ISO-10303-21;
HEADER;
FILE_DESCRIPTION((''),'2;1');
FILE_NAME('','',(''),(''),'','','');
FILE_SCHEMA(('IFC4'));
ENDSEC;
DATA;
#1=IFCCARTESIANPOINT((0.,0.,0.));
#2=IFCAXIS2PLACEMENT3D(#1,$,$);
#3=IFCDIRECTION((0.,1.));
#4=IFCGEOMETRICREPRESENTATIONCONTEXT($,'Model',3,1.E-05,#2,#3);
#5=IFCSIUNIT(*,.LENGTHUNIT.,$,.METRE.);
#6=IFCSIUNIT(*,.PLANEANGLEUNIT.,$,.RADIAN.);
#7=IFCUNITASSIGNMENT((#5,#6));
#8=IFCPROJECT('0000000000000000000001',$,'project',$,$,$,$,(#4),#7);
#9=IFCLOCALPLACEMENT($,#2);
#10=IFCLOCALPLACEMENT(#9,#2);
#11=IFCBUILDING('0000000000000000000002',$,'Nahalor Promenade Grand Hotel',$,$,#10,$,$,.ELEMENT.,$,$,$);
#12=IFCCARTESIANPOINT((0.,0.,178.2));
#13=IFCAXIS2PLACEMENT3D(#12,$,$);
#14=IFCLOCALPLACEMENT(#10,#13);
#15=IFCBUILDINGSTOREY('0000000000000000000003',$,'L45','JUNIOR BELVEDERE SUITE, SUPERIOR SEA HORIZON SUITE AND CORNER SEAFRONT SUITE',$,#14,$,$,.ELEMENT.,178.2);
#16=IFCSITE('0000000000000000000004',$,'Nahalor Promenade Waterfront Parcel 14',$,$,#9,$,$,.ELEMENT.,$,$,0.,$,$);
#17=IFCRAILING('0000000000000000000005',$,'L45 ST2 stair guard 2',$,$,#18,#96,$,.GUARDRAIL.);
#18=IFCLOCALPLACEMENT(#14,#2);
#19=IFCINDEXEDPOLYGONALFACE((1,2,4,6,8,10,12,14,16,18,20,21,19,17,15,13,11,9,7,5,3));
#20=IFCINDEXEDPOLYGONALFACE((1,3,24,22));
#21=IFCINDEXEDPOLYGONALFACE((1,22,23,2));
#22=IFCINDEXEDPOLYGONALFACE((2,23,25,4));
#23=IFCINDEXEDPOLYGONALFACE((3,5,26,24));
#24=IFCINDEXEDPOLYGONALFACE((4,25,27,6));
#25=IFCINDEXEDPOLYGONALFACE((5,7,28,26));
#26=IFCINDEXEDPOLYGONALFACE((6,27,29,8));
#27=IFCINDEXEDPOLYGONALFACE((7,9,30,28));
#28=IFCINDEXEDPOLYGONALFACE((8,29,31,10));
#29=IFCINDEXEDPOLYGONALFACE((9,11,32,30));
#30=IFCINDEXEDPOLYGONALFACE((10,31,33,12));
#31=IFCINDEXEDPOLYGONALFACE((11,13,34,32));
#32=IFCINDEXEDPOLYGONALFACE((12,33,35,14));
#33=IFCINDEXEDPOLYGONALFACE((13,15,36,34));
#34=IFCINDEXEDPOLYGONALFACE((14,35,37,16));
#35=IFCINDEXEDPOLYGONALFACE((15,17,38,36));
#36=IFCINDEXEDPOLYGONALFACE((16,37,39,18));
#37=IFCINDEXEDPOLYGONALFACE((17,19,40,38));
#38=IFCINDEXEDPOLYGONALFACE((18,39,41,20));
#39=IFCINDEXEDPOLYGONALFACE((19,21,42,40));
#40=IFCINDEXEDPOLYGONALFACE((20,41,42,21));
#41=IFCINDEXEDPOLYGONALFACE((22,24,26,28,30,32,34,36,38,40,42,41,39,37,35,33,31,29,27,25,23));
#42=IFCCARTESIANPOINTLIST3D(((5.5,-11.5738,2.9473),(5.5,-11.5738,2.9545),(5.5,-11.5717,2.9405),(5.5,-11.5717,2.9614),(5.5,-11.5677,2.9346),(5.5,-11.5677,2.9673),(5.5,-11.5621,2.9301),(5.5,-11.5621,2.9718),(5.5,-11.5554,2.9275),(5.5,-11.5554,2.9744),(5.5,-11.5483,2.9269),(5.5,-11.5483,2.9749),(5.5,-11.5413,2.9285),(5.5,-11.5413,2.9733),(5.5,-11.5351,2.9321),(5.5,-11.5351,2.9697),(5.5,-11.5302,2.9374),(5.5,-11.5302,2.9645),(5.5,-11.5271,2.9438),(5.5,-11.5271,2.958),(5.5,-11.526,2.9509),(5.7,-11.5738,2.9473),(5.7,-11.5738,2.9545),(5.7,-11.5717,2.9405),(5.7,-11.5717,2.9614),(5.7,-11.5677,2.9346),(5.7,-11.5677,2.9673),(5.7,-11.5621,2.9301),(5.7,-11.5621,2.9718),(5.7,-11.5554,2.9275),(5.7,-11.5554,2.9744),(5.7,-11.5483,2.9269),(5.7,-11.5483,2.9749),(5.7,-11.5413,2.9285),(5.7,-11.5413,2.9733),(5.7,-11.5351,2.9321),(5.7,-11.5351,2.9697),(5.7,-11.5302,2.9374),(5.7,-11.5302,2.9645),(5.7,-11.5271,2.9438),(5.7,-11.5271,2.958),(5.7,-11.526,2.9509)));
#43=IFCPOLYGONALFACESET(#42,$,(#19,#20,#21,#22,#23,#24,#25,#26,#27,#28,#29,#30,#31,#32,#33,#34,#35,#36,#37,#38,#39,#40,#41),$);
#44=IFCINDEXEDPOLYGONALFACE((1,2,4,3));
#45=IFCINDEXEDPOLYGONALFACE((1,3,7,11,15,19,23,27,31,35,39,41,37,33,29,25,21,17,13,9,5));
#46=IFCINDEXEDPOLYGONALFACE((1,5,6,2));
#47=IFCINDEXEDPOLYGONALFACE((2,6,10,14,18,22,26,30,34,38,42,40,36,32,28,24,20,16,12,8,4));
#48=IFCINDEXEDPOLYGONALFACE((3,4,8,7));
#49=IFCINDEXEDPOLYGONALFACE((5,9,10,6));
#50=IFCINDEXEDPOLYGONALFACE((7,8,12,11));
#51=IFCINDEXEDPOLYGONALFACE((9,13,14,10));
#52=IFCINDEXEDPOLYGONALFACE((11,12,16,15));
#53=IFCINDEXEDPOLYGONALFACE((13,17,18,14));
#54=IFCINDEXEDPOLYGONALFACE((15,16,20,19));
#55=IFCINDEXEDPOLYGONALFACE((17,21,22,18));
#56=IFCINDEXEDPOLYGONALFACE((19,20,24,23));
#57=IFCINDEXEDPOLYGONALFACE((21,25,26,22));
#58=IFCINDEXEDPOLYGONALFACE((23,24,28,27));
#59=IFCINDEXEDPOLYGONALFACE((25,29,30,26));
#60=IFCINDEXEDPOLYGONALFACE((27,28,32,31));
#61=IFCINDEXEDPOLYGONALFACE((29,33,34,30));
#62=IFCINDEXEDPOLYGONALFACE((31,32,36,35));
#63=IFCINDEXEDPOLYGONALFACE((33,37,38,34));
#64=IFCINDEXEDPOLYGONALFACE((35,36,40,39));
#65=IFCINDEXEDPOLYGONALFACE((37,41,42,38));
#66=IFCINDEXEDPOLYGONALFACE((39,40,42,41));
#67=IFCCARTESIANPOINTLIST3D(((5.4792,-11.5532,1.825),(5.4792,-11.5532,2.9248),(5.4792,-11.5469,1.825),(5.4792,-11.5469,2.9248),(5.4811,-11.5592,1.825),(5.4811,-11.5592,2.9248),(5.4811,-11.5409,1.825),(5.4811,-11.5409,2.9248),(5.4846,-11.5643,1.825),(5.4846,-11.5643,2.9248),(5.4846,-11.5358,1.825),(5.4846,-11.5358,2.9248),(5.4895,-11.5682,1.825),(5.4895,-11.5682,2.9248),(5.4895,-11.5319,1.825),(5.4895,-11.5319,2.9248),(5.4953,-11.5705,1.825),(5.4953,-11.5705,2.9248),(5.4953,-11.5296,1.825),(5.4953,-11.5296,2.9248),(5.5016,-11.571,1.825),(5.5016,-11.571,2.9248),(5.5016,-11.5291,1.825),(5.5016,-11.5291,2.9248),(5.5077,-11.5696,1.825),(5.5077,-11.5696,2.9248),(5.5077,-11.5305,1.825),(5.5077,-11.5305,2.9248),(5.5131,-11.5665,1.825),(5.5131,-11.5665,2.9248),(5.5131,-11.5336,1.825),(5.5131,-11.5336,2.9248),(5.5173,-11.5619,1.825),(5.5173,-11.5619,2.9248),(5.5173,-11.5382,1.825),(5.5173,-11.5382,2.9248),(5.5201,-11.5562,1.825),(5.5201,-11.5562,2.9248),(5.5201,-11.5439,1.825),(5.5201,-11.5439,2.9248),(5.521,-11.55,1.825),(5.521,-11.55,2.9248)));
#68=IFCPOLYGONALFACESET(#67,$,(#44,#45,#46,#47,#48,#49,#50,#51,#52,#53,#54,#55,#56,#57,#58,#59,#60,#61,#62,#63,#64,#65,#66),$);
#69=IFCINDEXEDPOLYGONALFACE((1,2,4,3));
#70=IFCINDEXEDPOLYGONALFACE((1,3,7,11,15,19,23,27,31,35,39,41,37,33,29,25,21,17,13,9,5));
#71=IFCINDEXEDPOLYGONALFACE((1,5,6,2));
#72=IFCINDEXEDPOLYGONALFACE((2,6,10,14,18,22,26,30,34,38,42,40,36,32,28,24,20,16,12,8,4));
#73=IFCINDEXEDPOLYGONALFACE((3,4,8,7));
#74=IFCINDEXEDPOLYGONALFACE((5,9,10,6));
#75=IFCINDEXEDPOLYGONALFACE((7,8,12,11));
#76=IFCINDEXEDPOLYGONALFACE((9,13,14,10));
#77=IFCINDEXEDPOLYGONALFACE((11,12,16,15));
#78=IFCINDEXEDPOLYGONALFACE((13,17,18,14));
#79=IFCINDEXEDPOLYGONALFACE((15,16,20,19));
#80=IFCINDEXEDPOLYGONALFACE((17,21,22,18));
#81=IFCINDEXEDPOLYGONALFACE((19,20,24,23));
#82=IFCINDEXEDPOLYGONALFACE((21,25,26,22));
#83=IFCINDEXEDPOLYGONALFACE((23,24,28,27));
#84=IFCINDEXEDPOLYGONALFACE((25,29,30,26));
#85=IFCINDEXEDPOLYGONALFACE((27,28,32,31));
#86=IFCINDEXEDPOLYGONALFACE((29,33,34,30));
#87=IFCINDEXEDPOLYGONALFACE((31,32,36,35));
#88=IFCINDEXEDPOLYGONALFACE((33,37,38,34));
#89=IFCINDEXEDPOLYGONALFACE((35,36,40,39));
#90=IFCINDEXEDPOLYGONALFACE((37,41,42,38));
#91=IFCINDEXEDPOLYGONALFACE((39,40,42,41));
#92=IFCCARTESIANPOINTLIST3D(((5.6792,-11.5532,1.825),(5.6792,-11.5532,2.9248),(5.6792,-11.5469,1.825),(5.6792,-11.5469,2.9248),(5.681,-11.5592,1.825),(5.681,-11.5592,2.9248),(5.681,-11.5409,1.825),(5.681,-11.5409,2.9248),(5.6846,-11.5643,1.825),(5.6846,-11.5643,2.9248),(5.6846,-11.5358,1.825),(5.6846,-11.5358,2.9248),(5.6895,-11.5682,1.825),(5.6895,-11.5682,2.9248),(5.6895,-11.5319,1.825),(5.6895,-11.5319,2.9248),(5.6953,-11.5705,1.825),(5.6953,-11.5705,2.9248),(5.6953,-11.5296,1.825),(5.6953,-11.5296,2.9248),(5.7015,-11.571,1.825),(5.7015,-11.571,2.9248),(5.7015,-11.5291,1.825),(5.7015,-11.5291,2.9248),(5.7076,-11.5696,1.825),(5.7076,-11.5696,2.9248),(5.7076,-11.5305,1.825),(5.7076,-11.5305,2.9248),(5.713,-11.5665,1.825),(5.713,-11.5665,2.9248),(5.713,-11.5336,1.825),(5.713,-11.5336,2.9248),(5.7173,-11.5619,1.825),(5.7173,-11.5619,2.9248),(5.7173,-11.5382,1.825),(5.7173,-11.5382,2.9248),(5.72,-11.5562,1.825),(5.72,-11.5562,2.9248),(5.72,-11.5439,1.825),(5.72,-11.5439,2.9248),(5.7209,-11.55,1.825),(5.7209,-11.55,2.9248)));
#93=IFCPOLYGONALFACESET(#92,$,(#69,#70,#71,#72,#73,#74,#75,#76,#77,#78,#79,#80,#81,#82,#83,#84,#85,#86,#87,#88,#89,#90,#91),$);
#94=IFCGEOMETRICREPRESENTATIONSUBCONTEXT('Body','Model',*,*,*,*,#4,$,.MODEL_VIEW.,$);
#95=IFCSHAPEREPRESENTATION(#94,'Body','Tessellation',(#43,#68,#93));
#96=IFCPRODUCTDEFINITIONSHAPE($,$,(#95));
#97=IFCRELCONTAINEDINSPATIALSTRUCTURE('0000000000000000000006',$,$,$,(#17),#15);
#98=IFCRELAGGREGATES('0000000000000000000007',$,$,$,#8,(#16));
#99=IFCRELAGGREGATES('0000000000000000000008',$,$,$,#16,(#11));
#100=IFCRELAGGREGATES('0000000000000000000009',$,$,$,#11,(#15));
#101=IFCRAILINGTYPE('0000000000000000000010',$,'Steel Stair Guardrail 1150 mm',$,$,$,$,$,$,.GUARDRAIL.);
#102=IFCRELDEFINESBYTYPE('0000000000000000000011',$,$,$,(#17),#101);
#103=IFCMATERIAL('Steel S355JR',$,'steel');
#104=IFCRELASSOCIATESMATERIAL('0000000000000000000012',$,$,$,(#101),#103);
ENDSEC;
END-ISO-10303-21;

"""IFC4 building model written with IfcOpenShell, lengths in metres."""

from ifc_helpers import new_model, si_unit, direction, frame, origin, origin_2d, place, context, subcontext, project, spatial, circle, extrude, material, type_object, element, save


model = new_model("IFC4")

# Units and contexts
model_context = context("Model", 3, precision=1e-05, world=origin(), true_north=direction((0.0, 1.0)))
body_context = subcontext(model_context, "Body", "Model", "MODEL_VIEW")
ifc_project = project(units=[si_unit("LENGTHUNIT", "METRE"), si_unit("PLANEANGLEUNIT", "RADIAN")], contexts=[model_context])

# Site, building, storey
site_placement = place(None, origin())
site = spatial("IfcSite", under=ifc_project, at=site_placement, Name="Nahalor Promenade Waterfront Parcel 14", CompositionType="ELEMENT", RefElevation=0.0)
building_placement = place(site_placement, origin())
building = spatial("IfcBuilding", under=site, at=building_placement, Name="Nahalor Promenade Grand Hotel", CompositionType="ELEMENT")
storey_placement = place(building_placement, frame((0.0, 0.0, 178.2)))
storey = spatial("IfcBuildingStorey", under=building, at=storey_placement, Name="L45", Description="JUNIOR BELVEDERE SUITE, SUPERIOR SEA HORIZON SUITE AND CORNER SEAFRONT SUITE", CompositionType="ELEMENT", Elevation=178.2)

# Shared definitions
ifc_material_1 = material(Name="Steel S355JR", Category="steel")

# Railing
railing_type_1 = type_object("IfcRailingType", Name="Steel Stair Guardrail 1150 mm", PredefinedType="GUARDRAIL", material=ifc_material_1)
railing_1_placement = place(storey_placement, frame((5.5, -11.55, 1.825)))
element("IfcRailing", 1, at=railing_1_placement, inside=storey, type_object=railing_type_1, Name="L45 ST2 stair guard 2", PredefinedType="GUARDRAIL", context=body_context, shape_type="SweptSolid", body=[
    extrude(circle(Radius=0.024, at=origin_2d()), frame((0.0, 0.0, 1.126), z_axis=(1.0, 0.0, 0.0), x_axis=(0.0, 1.0, 0.0)), (0.0, 0.0, 1.0), 0.2),
    extrude(circle(Radius=0.021, at=origin_2d()), origin(), (0.0, 0.0, 1.0), 1.0999),
    extrude(circle(Radius=0.021, at=origin_2d()), frame((0.2, 0.0, 0.0)), (0.0, 0.0, 1.0), 1.0999),
])

save(model, "model.ifc")
